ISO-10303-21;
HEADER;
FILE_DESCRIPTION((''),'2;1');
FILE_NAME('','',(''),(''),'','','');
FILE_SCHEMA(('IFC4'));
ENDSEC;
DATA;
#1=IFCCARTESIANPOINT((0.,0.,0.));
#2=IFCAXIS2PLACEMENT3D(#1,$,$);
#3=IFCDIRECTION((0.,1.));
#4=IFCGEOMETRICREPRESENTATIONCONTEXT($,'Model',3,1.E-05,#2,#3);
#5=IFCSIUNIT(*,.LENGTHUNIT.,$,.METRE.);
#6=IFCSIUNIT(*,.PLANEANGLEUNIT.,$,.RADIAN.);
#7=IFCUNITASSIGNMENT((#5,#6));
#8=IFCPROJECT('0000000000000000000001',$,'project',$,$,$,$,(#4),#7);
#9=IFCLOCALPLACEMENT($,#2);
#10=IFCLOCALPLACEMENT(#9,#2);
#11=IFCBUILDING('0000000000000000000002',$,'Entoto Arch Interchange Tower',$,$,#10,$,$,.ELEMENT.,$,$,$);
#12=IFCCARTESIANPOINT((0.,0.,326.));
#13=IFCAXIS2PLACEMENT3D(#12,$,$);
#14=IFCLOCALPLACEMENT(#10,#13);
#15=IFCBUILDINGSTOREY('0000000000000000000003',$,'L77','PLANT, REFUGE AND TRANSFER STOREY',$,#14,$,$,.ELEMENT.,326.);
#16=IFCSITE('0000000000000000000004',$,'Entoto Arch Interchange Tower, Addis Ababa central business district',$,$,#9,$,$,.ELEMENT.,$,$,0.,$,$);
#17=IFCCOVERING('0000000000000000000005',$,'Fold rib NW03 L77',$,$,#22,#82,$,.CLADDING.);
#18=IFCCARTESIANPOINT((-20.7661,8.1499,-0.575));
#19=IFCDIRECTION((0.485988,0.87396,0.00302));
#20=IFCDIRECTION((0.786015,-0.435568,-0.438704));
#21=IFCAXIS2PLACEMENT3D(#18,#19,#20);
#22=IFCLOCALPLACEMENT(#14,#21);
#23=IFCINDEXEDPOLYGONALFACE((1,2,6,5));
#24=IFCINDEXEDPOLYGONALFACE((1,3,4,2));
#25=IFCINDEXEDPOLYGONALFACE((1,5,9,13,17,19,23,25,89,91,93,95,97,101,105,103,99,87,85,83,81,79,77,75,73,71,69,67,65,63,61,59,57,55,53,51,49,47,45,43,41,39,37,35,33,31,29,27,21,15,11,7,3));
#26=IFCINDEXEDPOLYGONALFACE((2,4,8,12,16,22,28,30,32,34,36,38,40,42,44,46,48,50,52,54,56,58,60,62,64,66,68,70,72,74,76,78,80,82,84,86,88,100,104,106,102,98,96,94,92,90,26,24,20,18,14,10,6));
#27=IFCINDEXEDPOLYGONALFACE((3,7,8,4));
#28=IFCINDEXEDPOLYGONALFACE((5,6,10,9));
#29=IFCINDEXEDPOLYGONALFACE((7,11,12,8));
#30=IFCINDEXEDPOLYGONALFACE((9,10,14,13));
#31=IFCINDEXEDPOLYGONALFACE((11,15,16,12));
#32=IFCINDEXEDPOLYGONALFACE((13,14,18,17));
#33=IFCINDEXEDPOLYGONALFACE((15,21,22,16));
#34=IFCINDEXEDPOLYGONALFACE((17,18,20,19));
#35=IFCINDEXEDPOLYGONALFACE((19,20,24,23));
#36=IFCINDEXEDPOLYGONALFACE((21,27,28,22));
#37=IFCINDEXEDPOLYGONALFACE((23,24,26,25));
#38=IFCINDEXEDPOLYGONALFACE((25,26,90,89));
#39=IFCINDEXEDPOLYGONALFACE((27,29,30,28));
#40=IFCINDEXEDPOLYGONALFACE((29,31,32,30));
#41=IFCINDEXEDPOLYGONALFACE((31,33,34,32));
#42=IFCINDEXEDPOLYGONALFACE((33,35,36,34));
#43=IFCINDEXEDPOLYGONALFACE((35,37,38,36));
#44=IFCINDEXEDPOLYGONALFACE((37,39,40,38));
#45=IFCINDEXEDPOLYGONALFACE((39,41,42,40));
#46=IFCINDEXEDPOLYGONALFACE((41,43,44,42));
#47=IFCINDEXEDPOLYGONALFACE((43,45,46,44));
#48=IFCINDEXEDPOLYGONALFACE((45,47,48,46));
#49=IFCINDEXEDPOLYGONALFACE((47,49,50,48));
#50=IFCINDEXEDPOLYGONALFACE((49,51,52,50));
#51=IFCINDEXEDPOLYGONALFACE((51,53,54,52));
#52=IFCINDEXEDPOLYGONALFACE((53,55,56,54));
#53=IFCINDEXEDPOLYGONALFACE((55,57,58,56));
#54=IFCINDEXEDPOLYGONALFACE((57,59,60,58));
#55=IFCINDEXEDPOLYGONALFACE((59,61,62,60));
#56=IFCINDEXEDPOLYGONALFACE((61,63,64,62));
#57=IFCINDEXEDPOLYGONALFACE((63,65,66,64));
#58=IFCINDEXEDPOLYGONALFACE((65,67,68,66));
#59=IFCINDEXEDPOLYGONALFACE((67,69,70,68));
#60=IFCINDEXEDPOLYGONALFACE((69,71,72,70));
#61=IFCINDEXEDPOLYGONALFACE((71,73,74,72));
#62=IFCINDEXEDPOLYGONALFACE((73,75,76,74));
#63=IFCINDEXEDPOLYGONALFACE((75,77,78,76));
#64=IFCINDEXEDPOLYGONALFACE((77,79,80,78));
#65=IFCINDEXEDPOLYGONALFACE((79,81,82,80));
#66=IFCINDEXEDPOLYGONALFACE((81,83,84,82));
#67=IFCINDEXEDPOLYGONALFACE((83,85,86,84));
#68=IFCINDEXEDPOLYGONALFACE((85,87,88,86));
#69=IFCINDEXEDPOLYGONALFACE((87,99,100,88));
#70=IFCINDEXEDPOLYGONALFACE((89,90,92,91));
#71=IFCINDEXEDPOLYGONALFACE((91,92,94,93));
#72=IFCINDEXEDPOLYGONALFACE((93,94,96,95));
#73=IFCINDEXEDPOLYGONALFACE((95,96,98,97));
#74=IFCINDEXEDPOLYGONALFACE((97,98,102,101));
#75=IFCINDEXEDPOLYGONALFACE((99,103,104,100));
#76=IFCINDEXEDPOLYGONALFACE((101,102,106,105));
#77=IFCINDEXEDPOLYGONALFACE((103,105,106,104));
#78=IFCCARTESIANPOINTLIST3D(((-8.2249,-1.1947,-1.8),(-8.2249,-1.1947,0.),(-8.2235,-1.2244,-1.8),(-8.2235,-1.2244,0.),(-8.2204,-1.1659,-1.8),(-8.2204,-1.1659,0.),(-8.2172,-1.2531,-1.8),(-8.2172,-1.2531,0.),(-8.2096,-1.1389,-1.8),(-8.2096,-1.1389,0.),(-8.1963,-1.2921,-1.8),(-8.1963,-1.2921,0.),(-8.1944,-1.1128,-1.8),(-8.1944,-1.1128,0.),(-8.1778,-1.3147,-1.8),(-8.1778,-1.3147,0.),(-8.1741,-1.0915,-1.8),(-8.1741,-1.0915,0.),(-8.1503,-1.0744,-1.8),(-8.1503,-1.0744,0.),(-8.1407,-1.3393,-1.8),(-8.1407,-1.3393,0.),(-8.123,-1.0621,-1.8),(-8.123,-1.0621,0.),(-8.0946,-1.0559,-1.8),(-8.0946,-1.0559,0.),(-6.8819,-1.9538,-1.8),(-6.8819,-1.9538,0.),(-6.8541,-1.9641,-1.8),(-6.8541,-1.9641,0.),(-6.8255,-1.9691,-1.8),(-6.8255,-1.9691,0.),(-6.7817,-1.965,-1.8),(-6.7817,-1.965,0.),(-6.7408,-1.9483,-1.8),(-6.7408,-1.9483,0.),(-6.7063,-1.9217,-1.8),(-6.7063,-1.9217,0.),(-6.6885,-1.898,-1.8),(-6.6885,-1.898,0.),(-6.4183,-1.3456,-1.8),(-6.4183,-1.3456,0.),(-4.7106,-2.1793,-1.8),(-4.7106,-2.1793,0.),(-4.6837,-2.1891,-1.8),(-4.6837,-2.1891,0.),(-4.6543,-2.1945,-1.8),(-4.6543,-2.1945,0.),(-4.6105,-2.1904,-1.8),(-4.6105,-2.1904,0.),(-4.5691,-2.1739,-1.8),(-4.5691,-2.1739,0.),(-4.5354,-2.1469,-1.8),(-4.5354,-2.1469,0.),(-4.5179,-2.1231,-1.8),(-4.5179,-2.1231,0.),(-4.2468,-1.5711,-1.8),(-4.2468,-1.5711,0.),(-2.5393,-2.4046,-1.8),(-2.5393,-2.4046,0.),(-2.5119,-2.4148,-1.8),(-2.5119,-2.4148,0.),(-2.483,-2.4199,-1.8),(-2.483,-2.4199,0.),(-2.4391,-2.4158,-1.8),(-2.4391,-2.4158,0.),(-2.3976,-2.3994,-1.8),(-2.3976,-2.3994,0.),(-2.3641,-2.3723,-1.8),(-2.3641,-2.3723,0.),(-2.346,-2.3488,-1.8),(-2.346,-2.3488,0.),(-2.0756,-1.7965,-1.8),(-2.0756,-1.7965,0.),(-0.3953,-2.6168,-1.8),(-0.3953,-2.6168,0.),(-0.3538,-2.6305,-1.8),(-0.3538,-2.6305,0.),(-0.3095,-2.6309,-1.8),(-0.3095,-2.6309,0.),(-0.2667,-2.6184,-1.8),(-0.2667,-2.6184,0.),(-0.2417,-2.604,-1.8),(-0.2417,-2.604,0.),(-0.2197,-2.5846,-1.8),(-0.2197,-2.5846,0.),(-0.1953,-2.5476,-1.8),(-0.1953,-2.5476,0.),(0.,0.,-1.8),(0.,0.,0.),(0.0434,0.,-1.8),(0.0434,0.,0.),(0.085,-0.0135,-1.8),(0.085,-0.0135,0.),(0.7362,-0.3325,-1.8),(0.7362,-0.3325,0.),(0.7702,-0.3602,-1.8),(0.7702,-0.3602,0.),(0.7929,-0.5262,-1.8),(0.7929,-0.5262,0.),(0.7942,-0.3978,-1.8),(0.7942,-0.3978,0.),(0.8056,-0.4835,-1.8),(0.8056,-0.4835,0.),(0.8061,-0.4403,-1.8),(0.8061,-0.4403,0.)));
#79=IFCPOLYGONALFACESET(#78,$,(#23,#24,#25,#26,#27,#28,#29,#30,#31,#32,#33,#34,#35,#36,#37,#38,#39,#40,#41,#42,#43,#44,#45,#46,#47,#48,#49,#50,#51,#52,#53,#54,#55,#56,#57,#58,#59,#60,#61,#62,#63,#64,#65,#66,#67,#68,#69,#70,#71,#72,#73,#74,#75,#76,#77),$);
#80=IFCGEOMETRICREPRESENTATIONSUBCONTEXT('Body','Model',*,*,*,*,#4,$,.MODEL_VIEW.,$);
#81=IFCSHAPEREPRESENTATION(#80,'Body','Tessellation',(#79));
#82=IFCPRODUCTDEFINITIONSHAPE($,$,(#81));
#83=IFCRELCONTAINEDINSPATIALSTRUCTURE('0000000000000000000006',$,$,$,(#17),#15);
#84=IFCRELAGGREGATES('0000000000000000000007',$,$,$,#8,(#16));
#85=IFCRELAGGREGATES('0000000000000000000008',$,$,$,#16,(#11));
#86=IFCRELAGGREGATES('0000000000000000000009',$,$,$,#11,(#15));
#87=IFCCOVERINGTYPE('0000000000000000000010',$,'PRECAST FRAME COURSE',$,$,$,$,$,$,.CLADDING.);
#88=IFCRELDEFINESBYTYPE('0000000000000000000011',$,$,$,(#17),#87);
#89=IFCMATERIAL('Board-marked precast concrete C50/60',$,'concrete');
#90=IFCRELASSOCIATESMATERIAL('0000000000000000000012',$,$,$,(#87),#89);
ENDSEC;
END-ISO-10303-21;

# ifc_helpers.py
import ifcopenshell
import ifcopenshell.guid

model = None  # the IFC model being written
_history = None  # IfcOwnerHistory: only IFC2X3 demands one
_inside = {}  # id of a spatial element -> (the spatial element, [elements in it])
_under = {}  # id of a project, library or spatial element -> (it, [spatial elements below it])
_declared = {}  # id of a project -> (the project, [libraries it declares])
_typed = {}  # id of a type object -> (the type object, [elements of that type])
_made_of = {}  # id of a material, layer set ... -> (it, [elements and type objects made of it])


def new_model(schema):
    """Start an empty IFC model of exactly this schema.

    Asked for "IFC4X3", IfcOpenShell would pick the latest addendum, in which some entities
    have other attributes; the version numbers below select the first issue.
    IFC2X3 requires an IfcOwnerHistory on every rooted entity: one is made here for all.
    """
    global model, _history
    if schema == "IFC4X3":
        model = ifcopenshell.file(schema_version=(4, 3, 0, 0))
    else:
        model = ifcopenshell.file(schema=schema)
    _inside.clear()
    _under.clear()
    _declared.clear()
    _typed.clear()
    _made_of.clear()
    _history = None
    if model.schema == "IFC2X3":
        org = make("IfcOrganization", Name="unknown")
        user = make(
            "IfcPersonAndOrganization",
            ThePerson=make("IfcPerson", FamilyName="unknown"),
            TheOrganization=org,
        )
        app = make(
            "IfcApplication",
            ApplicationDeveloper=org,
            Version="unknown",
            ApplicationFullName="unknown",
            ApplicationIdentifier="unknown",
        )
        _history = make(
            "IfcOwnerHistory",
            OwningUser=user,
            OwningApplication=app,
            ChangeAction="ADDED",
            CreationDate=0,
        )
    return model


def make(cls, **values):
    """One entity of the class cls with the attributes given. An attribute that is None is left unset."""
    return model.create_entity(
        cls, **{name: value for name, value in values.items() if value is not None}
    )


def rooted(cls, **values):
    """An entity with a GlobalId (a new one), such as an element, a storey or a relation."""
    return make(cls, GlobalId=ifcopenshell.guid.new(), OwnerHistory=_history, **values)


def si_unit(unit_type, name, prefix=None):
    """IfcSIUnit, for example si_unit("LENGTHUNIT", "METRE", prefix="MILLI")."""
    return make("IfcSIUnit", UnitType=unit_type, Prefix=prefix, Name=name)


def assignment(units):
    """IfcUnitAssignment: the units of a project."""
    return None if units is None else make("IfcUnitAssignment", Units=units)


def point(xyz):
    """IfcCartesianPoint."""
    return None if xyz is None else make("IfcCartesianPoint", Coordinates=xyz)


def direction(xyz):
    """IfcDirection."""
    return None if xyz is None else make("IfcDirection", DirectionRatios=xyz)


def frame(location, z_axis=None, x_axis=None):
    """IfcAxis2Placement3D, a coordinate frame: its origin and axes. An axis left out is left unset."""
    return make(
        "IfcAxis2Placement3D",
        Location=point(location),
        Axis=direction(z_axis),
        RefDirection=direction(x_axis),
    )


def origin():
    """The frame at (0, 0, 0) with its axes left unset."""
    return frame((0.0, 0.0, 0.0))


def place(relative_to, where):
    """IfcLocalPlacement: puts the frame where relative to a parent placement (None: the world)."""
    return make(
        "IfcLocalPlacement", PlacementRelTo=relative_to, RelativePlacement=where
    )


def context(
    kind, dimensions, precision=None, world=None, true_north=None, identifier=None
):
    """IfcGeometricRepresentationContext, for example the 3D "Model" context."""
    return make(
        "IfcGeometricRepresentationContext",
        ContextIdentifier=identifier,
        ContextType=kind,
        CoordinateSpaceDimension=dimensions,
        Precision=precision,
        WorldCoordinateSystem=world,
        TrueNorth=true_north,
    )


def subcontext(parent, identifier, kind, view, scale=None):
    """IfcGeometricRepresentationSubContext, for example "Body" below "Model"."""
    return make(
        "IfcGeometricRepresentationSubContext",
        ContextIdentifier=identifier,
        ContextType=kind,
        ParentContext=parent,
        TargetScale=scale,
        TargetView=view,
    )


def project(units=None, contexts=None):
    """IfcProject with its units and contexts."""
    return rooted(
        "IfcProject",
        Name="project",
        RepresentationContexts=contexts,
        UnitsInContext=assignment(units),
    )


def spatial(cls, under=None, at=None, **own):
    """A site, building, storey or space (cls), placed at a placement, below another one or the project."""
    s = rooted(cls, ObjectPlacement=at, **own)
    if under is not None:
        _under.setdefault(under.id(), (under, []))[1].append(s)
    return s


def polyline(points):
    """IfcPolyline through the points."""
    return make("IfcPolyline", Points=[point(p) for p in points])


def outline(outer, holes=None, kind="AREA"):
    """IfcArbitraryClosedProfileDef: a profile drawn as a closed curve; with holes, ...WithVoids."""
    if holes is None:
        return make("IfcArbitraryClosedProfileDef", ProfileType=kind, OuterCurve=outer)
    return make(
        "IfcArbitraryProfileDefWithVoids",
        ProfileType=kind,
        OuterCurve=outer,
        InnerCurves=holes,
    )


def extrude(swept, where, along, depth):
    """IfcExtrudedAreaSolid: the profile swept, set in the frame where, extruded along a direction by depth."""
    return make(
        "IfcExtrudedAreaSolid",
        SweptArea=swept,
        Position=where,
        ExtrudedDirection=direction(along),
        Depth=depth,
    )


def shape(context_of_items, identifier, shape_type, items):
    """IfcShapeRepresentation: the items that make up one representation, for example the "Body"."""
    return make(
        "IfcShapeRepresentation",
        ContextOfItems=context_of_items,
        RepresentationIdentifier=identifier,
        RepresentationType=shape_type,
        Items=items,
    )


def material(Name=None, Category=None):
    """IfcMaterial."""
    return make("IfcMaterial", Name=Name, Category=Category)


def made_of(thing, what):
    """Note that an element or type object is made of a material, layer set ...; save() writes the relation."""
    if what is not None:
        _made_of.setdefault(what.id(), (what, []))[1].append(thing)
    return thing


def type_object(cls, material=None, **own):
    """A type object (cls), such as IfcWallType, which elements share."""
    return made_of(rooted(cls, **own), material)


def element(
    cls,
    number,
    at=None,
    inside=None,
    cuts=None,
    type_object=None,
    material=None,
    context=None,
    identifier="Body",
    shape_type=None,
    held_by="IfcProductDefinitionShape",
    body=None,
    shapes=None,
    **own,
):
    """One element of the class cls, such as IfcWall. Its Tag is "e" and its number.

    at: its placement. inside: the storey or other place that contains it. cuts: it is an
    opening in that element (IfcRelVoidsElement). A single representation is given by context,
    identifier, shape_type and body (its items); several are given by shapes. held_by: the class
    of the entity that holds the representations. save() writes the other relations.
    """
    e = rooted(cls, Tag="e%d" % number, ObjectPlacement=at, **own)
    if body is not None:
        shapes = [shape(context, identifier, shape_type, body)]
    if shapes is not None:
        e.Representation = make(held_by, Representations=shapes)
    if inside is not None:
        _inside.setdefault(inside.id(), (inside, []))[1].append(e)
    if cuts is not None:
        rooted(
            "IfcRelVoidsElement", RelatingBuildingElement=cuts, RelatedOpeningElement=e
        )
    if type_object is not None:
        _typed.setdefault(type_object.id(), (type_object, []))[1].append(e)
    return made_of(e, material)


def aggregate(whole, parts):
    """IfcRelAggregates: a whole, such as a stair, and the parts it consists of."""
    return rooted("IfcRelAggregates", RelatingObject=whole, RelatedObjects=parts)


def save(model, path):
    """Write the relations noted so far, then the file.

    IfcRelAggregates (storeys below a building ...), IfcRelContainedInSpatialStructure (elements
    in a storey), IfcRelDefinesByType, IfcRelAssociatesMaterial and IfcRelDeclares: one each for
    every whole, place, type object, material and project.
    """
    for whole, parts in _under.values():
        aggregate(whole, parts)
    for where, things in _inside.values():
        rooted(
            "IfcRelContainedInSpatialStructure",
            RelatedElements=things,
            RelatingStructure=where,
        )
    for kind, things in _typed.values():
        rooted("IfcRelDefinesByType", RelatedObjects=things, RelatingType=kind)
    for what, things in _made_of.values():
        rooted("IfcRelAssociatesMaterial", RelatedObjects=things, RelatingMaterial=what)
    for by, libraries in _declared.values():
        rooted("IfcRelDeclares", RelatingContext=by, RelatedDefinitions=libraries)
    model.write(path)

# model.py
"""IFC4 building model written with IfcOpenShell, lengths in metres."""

from ifc_helpers import new_model, si_unit, direction, frame, origin, place, context, subcontext, project, spatial, polyline, outline, extrude, material, type_object, element, save


model = new_model("IFC4")

# Units and contexts
model_context = context("Model", 3, precision=1e-05, world=origin(), true_north=direction((0.0, 1.0)))
body_context = subcontext(model_context, "Body", "Model", "MODEL_VIEW")
ifc_project = project(units=[si_unit("LENGTHUNIT", "METRE"), si_unit("PLANEANGLEUNIT", "RADIAN")], contexts=[model_context])

# Site, building, storey
site_placement = place(None, origin())
site = spatial("IfcSite", under=ifc_project, at=site_placement, Name="Entoto Arch Interchange Tower, Addis Ababa central business district", CompositionType="ELEMENT", RefElevation=0.0)
building_placement = place(site_placement, origin())
building = spatial("IfcBuilding", under=site, at=building_placement, Name="Entoto Arch Interchange Tower", CompositionType="ELEMENT")
storey_placement = place(building_placement, frame((0.0, 0.0, 326.0)))
storey = spatial("IfcBuildingStorey", under=building, at=storey_placement, Name="L77", Description="PLANT, REFUGE AND TRANSFER STOREY", CompositionType="ELEMENT", Elevation=326.0)

# Shared definitions
ifc_material_1 = material(Name="Board-marked precast concrete C50/60", Category="concrete")

# Covering
covering_type = type_object("IfcCoveringType", Name="PRECAST FRAME COURSE", PredefinedType="CLADDING", material=ifc_material_1)
covering_1_placement = place(storey_placement, frame((-20.7661, 8.1499, -0.575), z_axis=(0.485988, 0.87396, 0.00302), x_axis=(0.786015, -0.435568, -0.438704)))
element("IfcCovering", 1, at=covering_1_placement, inside=storey, type_object=covering_type, Name="Fold rib NW03 L77", PredefinedType="CLADDING", context=body_context, shape_type="SweptSolid", body=[
    extrude(outline(polyline([(0.0, 0.0), (0.0434, 0.0), (0.085, -0.0135), (0.7362, -0.3325), (0.7702, -0.3602), (0.7942, -0.3978), (0.8061, -0.4403), (0.8056, -0.4835), (0.7929, -0.5262), (-0.1953, -2.5476), (-0.2197, -2.5846), (-0.2417, -2.604), (-0.2667, -2.6184), (-0.3095, -2.6309), (-0.3538, -2.6305), (-0.3953, -2.6168), (-2.0756, -1.7965), (-2.346, -2.3488), (-2.3641, -2.3723), (-2.3976, -2.3994), (-2.4391, -2.4158), (-2.483, -2.4199), (-2.5119, -2.4148), (-2.5393, -2.4046), (-4.2468, -1.5711), (-4.5179, -2.1231), (-4.5354, -2.1469), (-4.5691, -2.1739), (-4.6105, -2.1904), (-4.6543, -2.1945), (-4.6837, -2.1891), (-4.7106, -2.1793), (-6.4183, -1.3456), (-6.6885, -1.898), (-6.7063, -1.9217), (-6.7408, -1.9483), (-6.7817, -1.965), (-6.8255, -1.9691), (-6.8541, -1.9641), (-6.8819, -1.9538), (-8.1407, -1.3393), (-8.1778, -1.3147), (-8.1963, -1.2921), (-8.2172, -1.2531), (-8.2235, -1.2244), (-8.2249, -1.1947), (-8.2204, -1.1659), (-8.2096, -1.1389), (-8.1944, -1.1128), (-8.1741, -1.0915), (-8.1503, -1.0744), (-8.123, -1.0621), (-8.0946, -1.0559), (0.0, 0.0)])), origin(), (0.0, 0.0, -1.0), 1.8),
])

save(model, "model.ifc")
